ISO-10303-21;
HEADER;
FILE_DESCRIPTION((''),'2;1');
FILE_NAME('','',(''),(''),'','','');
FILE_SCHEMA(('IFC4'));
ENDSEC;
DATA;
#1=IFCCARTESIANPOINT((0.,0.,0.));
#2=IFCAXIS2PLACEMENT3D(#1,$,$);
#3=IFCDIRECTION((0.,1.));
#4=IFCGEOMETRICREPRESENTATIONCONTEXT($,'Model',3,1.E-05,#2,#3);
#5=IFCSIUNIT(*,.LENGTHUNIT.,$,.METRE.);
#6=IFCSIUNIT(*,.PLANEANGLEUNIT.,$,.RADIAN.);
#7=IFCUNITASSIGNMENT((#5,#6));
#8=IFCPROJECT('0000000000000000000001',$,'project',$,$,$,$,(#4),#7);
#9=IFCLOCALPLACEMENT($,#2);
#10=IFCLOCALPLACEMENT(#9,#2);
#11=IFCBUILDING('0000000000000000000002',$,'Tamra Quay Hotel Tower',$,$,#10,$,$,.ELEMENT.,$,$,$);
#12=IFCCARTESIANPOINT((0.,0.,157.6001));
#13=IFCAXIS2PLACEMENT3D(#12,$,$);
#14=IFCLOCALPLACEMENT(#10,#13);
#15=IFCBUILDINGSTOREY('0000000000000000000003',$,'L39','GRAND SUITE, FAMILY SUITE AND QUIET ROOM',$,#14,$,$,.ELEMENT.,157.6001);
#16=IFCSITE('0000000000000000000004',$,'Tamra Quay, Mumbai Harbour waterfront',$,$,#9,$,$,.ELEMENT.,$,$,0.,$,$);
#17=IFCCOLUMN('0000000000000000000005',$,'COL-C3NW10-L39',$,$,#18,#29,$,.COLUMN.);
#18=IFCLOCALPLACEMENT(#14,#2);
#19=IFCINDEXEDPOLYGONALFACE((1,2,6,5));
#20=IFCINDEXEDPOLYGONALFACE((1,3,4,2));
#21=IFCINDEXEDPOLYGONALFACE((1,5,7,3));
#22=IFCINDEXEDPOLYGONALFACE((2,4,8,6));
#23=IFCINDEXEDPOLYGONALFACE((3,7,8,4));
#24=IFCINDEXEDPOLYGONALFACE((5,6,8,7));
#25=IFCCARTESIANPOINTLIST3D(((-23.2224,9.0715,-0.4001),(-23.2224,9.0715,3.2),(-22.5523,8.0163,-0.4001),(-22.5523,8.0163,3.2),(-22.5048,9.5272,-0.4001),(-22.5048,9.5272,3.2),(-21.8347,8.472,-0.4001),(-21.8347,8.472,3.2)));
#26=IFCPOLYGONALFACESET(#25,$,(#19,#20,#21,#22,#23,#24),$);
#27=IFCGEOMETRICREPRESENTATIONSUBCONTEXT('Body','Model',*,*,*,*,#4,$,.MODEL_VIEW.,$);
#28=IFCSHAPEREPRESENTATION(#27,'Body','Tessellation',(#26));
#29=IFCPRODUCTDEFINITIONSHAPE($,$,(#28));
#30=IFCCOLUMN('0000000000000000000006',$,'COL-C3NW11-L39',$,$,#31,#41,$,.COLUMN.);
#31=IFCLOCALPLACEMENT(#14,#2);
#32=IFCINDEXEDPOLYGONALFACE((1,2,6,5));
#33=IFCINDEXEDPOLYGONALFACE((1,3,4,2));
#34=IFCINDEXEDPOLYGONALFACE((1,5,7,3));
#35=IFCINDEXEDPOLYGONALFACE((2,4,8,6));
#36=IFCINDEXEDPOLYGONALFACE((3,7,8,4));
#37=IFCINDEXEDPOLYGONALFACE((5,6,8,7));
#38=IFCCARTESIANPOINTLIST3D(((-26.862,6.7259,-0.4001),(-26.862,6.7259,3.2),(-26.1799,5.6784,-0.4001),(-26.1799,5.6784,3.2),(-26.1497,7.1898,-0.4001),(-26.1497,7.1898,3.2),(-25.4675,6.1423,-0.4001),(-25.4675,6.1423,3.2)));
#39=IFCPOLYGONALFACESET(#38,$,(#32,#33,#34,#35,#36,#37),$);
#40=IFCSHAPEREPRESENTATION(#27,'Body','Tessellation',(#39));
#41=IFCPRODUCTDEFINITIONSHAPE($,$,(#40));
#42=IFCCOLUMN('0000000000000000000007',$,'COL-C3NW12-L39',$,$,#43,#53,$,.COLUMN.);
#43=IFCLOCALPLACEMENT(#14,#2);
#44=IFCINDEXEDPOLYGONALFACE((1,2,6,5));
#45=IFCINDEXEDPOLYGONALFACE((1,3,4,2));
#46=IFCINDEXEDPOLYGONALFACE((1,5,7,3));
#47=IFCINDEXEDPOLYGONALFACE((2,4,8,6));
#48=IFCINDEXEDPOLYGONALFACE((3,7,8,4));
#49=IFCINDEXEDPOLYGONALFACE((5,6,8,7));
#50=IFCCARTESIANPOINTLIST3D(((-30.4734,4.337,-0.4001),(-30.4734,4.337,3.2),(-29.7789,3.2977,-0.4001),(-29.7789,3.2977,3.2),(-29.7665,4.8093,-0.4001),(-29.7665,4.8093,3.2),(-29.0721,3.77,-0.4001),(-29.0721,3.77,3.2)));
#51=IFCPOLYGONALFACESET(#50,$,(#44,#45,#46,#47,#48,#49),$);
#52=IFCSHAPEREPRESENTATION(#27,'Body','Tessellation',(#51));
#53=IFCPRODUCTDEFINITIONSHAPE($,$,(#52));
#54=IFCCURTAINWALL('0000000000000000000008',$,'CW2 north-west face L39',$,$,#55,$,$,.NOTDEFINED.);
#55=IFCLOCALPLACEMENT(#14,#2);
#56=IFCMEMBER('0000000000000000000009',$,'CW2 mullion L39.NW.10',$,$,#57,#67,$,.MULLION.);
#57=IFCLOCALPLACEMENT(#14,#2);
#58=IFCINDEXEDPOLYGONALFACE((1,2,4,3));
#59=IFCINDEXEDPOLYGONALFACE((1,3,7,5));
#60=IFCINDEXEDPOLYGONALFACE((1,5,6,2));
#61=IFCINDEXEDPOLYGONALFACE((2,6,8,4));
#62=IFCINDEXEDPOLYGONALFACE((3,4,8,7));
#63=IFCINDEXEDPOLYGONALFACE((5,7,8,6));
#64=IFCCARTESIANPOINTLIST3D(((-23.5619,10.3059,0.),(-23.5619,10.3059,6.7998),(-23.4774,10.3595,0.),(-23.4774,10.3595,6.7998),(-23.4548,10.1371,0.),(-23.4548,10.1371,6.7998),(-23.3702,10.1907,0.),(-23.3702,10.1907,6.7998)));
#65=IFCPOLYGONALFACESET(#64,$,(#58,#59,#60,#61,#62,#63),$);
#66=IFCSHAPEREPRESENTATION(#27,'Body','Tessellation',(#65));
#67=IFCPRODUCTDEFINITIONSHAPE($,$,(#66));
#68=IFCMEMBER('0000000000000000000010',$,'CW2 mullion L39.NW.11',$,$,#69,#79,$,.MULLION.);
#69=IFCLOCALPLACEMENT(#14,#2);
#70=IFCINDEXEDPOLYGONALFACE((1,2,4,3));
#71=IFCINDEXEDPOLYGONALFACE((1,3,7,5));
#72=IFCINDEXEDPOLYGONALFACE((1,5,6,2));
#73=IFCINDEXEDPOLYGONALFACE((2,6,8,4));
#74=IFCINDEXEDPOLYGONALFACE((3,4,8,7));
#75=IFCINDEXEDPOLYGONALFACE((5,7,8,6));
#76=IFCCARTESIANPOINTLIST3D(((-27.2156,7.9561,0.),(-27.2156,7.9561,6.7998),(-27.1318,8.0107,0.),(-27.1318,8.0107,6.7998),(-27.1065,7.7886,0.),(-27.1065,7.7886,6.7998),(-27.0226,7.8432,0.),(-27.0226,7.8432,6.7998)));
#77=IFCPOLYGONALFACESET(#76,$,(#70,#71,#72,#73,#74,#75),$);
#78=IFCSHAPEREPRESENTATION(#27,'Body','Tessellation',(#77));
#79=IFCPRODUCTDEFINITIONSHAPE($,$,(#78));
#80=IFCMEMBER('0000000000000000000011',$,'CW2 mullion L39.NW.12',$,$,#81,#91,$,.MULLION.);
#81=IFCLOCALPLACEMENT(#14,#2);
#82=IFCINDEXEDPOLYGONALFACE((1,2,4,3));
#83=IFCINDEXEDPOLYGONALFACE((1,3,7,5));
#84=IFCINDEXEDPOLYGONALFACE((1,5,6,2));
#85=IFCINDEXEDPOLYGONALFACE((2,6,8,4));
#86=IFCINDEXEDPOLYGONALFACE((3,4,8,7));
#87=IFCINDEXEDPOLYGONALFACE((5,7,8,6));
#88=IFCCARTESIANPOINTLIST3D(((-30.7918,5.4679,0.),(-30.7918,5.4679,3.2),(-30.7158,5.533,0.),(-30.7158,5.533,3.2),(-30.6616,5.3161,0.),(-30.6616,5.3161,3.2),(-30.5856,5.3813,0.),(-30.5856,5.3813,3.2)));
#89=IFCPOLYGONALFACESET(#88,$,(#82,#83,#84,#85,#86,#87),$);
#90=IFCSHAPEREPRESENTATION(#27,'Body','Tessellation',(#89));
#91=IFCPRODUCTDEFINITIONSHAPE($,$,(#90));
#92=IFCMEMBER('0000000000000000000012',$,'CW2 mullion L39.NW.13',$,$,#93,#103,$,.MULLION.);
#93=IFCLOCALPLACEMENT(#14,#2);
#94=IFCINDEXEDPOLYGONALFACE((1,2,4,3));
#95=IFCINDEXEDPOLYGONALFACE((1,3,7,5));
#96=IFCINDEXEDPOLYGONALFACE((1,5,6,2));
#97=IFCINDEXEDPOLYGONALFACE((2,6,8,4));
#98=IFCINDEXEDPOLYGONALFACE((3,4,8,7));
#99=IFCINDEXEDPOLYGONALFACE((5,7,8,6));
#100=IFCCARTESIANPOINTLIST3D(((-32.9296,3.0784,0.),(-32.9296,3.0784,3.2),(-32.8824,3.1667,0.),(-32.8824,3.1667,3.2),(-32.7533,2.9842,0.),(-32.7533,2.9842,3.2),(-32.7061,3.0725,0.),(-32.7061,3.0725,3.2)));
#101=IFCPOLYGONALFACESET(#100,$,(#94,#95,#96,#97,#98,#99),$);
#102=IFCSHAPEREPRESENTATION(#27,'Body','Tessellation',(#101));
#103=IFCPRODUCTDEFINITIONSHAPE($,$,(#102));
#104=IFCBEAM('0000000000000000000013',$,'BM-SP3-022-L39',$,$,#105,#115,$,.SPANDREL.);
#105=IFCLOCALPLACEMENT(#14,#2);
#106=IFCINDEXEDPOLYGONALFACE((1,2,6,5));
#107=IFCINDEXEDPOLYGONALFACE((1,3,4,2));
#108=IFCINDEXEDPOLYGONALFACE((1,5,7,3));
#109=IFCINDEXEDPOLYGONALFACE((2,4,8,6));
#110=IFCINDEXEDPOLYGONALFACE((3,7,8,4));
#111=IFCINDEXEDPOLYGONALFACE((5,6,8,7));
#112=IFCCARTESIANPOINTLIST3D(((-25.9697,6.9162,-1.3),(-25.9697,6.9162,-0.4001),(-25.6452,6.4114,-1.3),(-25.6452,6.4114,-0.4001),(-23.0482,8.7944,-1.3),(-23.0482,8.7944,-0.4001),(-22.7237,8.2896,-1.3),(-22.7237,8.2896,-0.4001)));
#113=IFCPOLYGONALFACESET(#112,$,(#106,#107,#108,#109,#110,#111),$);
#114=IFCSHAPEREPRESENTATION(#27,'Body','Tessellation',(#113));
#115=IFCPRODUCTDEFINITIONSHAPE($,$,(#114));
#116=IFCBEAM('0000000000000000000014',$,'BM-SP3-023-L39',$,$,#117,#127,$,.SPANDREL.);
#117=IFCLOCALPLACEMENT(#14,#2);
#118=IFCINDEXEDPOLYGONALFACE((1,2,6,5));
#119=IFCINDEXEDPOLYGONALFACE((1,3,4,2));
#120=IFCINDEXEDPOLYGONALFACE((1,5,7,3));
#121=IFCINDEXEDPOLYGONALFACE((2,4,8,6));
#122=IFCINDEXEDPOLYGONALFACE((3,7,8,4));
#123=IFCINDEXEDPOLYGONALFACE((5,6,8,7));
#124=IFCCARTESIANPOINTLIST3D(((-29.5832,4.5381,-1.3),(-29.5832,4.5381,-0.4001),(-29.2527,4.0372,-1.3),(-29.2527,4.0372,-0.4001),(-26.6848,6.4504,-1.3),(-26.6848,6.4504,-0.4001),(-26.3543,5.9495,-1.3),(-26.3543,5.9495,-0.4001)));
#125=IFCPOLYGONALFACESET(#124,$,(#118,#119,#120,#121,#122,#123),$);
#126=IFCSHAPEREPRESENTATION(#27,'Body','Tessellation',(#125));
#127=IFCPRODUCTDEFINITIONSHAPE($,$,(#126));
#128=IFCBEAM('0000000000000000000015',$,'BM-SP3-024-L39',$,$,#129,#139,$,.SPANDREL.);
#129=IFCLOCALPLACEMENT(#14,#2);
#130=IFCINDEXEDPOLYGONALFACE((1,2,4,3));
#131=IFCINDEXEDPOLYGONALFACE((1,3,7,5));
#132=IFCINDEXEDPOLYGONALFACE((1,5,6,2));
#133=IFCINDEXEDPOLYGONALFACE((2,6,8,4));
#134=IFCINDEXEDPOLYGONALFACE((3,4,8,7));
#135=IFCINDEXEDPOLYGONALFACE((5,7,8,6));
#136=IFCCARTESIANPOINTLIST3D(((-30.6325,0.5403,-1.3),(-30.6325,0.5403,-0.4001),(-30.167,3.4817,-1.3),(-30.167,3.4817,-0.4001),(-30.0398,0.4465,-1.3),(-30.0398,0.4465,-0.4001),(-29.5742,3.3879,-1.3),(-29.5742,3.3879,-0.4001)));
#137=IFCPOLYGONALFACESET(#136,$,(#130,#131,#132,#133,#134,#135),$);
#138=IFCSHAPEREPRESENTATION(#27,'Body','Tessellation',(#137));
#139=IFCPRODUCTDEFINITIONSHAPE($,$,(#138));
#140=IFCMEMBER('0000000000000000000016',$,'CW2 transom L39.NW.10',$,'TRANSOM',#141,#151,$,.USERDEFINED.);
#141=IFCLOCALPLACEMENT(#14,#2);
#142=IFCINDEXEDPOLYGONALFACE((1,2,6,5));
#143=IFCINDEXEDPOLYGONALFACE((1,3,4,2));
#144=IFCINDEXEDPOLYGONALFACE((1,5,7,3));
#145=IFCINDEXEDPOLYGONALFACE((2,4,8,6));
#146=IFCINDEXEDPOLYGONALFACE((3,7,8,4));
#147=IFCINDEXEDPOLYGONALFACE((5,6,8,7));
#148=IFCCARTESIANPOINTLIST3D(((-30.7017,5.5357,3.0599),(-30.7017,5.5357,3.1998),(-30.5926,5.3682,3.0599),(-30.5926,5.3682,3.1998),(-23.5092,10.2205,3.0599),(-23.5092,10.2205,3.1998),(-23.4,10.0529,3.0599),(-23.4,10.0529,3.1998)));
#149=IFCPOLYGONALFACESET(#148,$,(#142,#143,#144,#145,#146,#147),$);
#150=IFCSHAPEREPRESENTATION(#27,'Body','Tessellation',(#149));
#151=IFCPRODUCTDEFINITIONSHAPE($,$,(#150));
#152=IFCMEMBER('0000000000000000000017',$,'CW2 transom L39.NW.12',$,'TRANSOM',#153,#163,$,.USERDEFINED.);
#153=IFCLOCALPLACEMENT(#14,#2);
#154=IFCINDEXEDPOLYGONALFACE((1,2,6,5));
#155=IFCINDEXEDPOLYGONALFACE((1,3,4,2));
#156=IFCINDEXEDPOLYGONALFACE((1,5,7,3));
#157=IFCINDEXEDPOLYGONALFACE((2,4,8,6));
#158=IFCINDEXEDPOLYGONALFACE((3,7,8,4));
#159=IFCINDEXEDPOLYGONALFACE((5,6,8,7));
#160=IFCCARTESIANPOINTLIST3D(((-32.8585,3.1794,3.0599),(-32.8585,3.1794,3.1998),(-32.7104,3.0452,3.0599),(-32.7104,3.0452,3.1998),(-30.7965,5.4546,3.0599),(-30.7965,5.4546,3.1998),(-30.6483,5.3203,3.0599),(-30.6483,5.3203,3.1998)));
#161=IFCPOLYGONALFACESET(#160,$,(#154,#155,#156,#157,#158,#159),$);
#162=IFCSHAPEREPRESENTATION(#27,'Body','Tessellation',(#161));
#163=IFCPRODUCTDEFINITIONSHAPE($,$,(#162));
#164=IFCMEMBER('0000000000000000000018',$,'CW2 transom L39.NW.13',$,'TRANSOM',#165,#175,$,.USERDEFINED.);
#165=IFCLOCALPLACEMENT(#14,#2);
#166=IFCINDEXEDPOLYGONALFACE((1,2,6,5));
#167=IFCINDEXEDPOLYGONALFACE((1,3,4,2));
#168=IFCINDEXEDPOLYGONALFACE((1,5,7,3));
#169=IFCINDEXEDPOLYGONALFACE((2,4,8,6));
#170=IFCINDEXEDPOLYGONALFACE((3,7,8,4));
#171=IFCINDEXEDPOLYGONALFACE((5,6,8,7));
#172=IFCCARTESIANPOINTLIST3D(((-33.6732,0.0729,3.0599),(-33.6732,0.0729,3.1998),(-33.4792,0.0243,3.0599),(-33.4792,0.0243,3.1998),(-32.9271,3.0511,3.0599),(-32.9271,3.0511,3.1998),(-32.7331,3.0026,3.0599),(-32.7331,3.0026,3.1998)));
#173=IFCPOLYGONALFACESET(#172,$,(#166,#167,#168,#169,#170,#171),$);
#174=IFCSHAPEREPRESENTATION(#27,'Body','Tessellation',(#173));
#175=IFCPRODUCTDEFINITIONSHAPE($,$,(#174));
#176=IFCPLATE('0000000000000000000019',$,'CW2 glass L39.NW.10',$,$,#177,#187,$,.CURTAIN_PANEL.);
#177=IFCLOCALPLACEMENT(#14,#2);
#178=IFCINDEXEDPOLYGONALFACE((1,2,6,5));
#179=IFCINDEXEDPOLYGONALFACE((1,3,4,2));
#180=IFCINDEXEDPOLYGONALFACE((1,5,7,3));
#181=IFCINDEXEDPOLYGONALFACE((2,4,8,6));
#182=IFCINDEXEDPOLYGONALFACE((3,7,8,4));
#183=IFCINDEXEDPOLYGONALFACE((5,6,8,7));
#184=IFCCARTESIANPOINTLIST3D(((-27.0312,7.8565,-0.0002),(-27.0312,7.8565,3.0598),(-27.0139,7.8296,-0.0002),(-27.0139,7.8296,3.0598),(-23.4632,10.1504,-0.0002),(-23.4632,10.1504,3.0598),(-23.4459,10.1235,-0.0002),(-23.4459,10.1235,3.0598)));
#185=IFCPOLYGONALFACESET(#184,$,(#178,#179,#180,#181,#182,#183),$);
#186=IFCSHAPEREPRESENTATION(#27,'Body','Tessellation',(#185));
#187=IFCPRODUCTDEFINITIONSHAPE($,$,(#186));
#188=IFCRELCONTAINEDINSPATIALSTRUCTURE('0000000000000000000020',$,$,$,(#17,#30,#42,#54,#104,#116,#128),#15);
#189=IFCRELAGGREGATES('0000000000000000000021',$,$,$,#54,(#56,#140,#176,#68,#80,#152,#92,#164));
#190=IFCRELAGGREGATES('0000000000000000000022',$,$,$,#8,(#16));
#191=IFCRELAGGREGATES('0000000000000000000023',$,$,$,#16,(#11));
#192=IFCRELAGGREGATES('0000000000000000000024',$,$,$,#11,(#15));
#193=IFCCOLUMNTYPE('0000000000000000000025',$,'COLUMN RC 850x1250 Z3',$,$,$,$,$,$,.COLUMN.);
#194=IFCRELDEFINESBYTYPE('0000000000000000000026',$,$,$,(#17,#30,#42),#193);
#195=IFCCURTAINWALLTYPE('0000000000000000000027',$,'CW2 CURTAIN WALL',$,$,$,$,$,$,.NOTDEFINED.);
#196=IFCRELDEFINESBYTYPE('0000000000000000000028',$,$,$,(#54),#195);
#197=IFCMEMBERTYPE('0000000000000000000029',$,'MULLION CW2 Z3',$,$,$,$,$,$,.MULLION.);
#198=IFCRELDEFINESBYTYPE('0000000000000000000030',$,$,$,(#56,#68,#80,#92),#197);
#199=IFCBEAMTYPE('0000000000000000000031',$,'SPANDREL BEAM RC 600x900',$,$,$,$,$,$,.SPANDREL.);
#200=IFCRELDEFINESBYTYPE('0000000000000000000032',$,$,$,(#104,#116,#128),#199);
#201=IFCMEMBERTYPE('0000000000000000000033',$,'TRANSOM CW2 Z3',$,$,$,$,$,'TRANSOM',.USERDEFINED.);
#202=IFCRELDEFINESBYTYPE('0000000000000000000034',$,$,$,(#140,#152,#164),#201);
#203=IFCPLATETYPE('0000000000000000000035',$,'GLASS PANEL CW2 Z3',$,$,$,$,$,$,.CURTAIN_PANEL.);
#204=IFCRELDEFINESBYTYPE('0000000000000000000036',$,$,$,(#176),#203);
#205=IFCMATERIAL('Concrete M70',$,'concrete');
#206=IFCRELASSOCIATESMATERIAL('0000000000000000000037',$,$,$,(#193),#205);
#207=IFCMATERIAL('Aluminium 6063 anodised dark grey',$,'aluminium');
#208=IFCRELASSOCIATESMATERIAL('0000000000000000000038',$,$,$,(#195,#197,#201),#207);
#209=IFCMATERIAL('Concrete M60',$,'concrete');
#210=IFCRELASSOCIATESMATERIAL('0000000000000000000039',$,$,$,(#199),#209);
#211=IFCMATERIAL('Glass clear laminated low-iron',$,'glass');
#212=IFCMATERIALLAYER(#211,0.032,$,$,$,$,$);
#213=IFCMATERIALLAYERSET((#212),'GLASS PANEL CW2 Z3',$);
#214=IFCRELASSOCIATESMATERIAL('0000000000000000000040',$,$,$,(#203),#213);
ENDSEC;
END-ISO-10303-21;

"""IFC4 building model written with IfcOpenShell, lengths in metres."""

from ifc_helpers import new_model, si_unit, direction, frame, origin, origin_2d, place, context, subcontext, project, spatial, rectangle, extrude, material, layer, layer_set, material_profile, profile_set, type_object, element, aggregate, save


model = new_model("IFC4")

# Units and contexts
model_context = context("Model", 3, precision=1e-05, world=origin(), true_north=direction((0.0, 1.0)))
body_context = subcontext(model_context, "Body", "Model", "MODEL_VIEW")
ifc_project = project(units=[si_unit("LENGTHUNIT", "METRE"), si_unit("PLANEANGLEUNIT", "RADIAN")], contexts=[model_context])

# Site, building, storey
site_placement = place(None, origin())
site = spatial("IfcSite", under=ifc_project, at=site_placement, Name="Tamra Quay, Mumbai Harbour waterfront", CompositionType="ELEMENT", RefElevation=0.0)
building_placement = place(site_placement, origin())
building = spatial("IfcBuilding", under=site, at=building_placement, Name="Tamra Quay Hotel Tower", CompositionType="ELEMENT")
storey_placement = place(building_placement, frame((0.0, 0.0, 157.6001)))
storey = spatial("IfcBuildingStorey", under=building, at=storey_placement, Name="L39", Description="GRAND SUITE, FAMILY SUITE AND QUIET ROOM", CompositionType="ELEMENT", Elevation=157.6001)

# Columns
ifc_material_1 = material(Name="Concrete M70", Category="concrete")
ifc_material_profile_1 = material_profile(ifc_material_1, rectangle(XDim=1.25, YDim=0.8501, at=origin_2d()), Name="COLUMN RC 850x1250 Z3")
ifc_profile_set_1 = profile_set([ifc_material_profile_1], Name="Concrete M70")
column_type = type_object("IfcColumnType", Name="COLUMN RC 850x1250 Z3", PredefinedType="COLUMN", material=ifc_profile_set_1)
for number, where, z_axis, x_axis, name in (
    (1, (-22.5286, 8.7717, -0.4001), (0.0, 0.0, 1.0), (-0.536102, 0.844153, 0.0), "COL-C3NW10-L39"),
    (2, (-26.1648, 6.4341, -0.4001), (0.0, 0.0, 1.0), (-0.545703, 0.837979, 0.0), "COL-C3NW11-L39"),
    (3, (-29.7727, 4.0535, -0.4001), (0.0, 0.0, 1.0), (-0.555583, 0.831461, 0.0), "COL-C3NW12-L39"),
):
    element("IfcColumn", number, at=place(storey_placement, frame(where, z_axis=z_axis, x_axis=x_axis)), inside=storey, type_object=column_type, Name=name, PredefinedType="COLUMN", context=body_context, shape_type="SweptSolid", body=[
        extrude(rectangle(XDim=1.25, YDim=0.8501, at=origin_2d()), origin(), (0.0, 0.0, 1.0), 3.6001),
    ])

# Curtain wall, members
ifc_material_2 = material(Name="Aluminium 6063 anodised dark grey", Category="aluminium")
curtain_wall_type = type_object("IfcCurtainWallType", Name="CW2 CURTAIN WALL", PredefinedType="NOTDEFINED", material=ifc_material_2)
curtain_wall_placement = place(storey_placement, origin())
curtain_wall = element("IfcCurtainWall", 4, at=curtain_wall_placement, inside=storey, type_object=curtain_wall_type, Name="CW2 north-west face L39", PredefinedType="NOTDEFINED")
ifc_material_profile_2 = material_profile(ifc_material_2, rectangle(XDim=0.2, YDim=0.1001, at=origin_2d()), Name="MULLION 100X200")
ifc_profile_set_2 = profile_set([ifc_material_profile_2], Name="Aluminium 6063 anodised dark grey")
member_type_1 = type_object("IfcMemberType", Name="MULLION CW2 Z3", PredefinedType="MULLION", material=ifc_profile_set_2)
member_1_placement = place(storey_placement, frame((-23.4661, 10.2483, 0.0), z_axis=(0.0, 0.0, 1.0), x_axis=(-0.53576, 0.84437, 0.0)))
member_1 = element("IfcMember", 5, at=member_1_placement, type_object=member_type_1, Name="CW2 mullion L39.NW.10", PredefinedType="MULLION", context=body_context, shape_type="SweptSolid", body=[
    extrude(rectangle(XDim=0.2, YDim=0.1001, at=origin_2d()), origin(), (0.0, 0.0, 1.0), 6.7998),
])
member_2_placement = place(storey_placement, frame((-27.1191, 7.8997, 0.0), z_axis=(0.0, 0.0, 1.0), x_axis=(-0.54578, 0.837928, 0.0)))
member_2 = element("IfcMember", 6, at=member_2_placement, type_object=member_type_1, Name="CW2 mullion L39.NW.11", PredefinedType="MULLION", context=body_context, shape_type="SweptSolid", body=[
    extrude(rectangle(XDim=0.2, YDim=0.1001, at=origin_2d()), origin(), (0.0, 0.0, 1.0), 6.7998),
])
member_3_placement = place(storey_placement, frame((-30.6887, 5.4246, 0.0), z_axis=(0.0, 0.0, 1.0), x_axis=(-0.650989, 0.759087, 0.0)))
member_3 = element("IfcMember", 7, at=member_3_placement, type_object=member_type_1, Name="CW2 mullion L39.NW.12", PredefinedType="MULLION", context=body_context, shape_type="SweptSolid", body=[
    extrude(rectangle(XDim=0.2, YDim=0.1001, at=origin_2d()), origin(), (0.0, 0.0, 1.0), 3.2),
])
member_4_placement = place(storey_placement, frame((-32.8179, 3.0754, 0.0), z_axis=(0.0, 0.0, 1.0), x_axis=(-0.881925, 0.471389, 0.0)))
member_4 = element("IfcMember", 8, at=member_4_placement, type_object=member_type_1, Name="CW2 mullion L39.NW.13", PredefinedType="MULLION", context=body_context, shape_type="SweptSolid", body=[
    extrude(rectangle(XDim=0.2, YDim=0.1001, at=origin_2d()), origin(), (0.0, 0.0, 1.0), 3.2),
])

# Beams
ifc_material_3 = material(Name="Concrete M60", Category="concrete")
ifc_material_profile_3 = material_profile(ifc_material_3, rectangle(XDim=0.6001, YDim=0.8999, at=origin_2d()), Name="SPANDREL BEAM RC 600x900")
ifc_profile_set_3 = profile_set([ifc_material_profile_3], Name="Concrete M60")
beam_type = type_object("IfcBeamType", Name="SPANDREL BEAM RC 600x900", PredefinedType="SPANDREL", material=ifc_profile_set_3)
beam_1_placement = place(storey_placement, frame((-22.886, 8.542, -0.8501), z_axis=(-0.84116, -0.540786, 0.0), x_axis=(0.540786, -0.84116, 0.0)))
element("IfcBeam", 9, at=beam_1_placement, inside=storey, type_object=beam_type, Name="BM-SP3-022-L39", PredefinedType="SPANDREL", context=body_context, shape_type="SweptSolid", body=[
    extrude(rectangle(XDim=0.6001, YDim=0.8999, at=origin_2d()), origin(), (0.0, 0.0, 1.0), 3.4731),
])
beam_2_placement = place(storey_placement, frame((-26.5195, 6.2, -0.8501), z_axis=(-0.834691, -0.550719, 0.0), x_axis=(0.550719, -0.834691, 0.0)))
element("IfcBeam", 10, at=beam_2_placement, inside=storey, type_object=beam_type, Name="BM-SP3-023-L39", PredefinedType="SPANDREL", context=body_context, shape_type="SweptSolid", body=[
    extrude(rectangle(XDim=0.6001, YDim=0.8999, at=origin_2d()), origin(), (0.0, 0.0, 1.0), 3.4724),
])
beam_3_placement = place(storey_placement, frame((-29.8706, 3.4348, -0.8501), z_axis=(-0.156337, -0.987704, 0.0), x_axis=(0.987704, -0.156337, 0.0)))
element("IfcBeam", 11, at=beam_3_placement, inside=storey, type_object=beam_type, Name="BM-SP3-024-L39", PredefinedType="SPANDREL", context=body_context, shape_type="SweptSolid", body=[
    extrude(rectangle(XDim=0.6001, YDim=0.8999, at=origin_2d()), origin(), (0.0, 0.0, 1.0), 2.978),
])

# Members
ifc_material_profile_4 = material_profile(ifc_material_2, rectangle(XDim=0.2, YDim=0.1399, at=origin_2d()), Name="TRANSOM 200X140")
ifc_profile_set_4 = profile_set([ifc_material_profile_4], Name="Aluminium 6063 anodised dark grey")
member_type_2 = type_object("IfcMemberType", Name="TRANSOM CW2 Z3", ElementType="TRANSOM", PredefinedType="USERDEFINED", material=ifc_profile_set_4)
member_5_placement = place(storey_placement, frame((-23.4546, 10.1367, 3.1299), z_axis=(-0.837932, -0.545775, 0.0), x_axis=(0.545775, -0.837932, 0.0)))
member_5 = element("IfcMember", 12, at=member_5_placement, type_object=member_type_2, Name="CW2 transom L39.NW.10", ObjectType="TRANSOM", PredefinedType="USERDEFINED", context=body_context, shape_type="SweptSolid", body=[
    extrude(rectangle(XDim=0.2, YDim=0.1399, at=origin_2d()), origin(), (0.0, 0.0, 1.0), 8.5837),
])
member_6_placement = place(storey_placement, frame((-30.7224, 5.3875, 3.1299), z_axis=(-0.671548, -0.740961, 0.0), x_axis=(0.740961, -0.671548, 0.0)))
member_6 = element("IfcMember", 13, at=member_6_placement, type_object=member_type_2, Name="CW2 transom L39.NW.12", ObjectType="TRANSOM", PredefinedType="USERDEFINED", context=body_context, shape_type="SweptSolid", body=[
    extrude(rectangle(XDim=0.2, YDim=0.1399, at=origin_2d()), origin(), (0.0, 0.0, 1.0), 3.0706),
])
member_7_placement = place(storey_placement, frame((-32.8301, 3.0269, 3.1299), z_axis=(-0.243003, -0.970025, 0.0), x_axis=(0.970025, -0.243003, 0.0)))
member_7 = element("IfcMember", 14, at=member_7_placement, type_object=member_type_2, Name="CW2 transom L39.NW.13", ObjectType="TRANSOM", PredefinedType="USERDEFINED", context=body_context, shape_type="SweptSolid", body=[
    extrude(rectangle(XDim=0.2, YDim=0.1399, at=origin_2d()), origin(), (0.0, 0.0, 1.0), 3.0703),
])

# Plate
ifc_material_4 = material(Name="Glass clear laminated low-iron", Category="glass")
ifc_layer_1 = layer(ifc_material_4, 0.032)
ifc_layer_set_1 = layer_set([ifc_layer_1], Name="GLASS PANEL CW2 Z3")
plate_type = type_object("IfcPlateType", Name="GLASS PANEL CW2 Z3", PredefinedType="CURTAIN_PANEL", material=ifc_layer_set_1)
plate_1_placement = place(storey_placement, frame((-25.2385, 8.99, -0.0002), z_axis=(0.0, 0.0, 1.0), x_axis=(-0.841164, -0.54078, 0.0)))
plate_1 = element("IfcPlate", 15, at=plate_1_placement, type_object=plate_type, Name="CW2 glass L39.NW.10", PredefinedType="CURTAIN_PANEL", context=body_context, shape_type="SweptSolid", body=[
    extrude(rectangle(XDim=4.2417, YDim=0.032, at=origin_2d()), origin(), (0.0, 0.0, 1.0), 3.0601),
])
aggregate(curtain_wall, [member_1, member_5, plate_1, member_2, member_3, member_6, member_4, member_7])

save(model, "model.ifc")
